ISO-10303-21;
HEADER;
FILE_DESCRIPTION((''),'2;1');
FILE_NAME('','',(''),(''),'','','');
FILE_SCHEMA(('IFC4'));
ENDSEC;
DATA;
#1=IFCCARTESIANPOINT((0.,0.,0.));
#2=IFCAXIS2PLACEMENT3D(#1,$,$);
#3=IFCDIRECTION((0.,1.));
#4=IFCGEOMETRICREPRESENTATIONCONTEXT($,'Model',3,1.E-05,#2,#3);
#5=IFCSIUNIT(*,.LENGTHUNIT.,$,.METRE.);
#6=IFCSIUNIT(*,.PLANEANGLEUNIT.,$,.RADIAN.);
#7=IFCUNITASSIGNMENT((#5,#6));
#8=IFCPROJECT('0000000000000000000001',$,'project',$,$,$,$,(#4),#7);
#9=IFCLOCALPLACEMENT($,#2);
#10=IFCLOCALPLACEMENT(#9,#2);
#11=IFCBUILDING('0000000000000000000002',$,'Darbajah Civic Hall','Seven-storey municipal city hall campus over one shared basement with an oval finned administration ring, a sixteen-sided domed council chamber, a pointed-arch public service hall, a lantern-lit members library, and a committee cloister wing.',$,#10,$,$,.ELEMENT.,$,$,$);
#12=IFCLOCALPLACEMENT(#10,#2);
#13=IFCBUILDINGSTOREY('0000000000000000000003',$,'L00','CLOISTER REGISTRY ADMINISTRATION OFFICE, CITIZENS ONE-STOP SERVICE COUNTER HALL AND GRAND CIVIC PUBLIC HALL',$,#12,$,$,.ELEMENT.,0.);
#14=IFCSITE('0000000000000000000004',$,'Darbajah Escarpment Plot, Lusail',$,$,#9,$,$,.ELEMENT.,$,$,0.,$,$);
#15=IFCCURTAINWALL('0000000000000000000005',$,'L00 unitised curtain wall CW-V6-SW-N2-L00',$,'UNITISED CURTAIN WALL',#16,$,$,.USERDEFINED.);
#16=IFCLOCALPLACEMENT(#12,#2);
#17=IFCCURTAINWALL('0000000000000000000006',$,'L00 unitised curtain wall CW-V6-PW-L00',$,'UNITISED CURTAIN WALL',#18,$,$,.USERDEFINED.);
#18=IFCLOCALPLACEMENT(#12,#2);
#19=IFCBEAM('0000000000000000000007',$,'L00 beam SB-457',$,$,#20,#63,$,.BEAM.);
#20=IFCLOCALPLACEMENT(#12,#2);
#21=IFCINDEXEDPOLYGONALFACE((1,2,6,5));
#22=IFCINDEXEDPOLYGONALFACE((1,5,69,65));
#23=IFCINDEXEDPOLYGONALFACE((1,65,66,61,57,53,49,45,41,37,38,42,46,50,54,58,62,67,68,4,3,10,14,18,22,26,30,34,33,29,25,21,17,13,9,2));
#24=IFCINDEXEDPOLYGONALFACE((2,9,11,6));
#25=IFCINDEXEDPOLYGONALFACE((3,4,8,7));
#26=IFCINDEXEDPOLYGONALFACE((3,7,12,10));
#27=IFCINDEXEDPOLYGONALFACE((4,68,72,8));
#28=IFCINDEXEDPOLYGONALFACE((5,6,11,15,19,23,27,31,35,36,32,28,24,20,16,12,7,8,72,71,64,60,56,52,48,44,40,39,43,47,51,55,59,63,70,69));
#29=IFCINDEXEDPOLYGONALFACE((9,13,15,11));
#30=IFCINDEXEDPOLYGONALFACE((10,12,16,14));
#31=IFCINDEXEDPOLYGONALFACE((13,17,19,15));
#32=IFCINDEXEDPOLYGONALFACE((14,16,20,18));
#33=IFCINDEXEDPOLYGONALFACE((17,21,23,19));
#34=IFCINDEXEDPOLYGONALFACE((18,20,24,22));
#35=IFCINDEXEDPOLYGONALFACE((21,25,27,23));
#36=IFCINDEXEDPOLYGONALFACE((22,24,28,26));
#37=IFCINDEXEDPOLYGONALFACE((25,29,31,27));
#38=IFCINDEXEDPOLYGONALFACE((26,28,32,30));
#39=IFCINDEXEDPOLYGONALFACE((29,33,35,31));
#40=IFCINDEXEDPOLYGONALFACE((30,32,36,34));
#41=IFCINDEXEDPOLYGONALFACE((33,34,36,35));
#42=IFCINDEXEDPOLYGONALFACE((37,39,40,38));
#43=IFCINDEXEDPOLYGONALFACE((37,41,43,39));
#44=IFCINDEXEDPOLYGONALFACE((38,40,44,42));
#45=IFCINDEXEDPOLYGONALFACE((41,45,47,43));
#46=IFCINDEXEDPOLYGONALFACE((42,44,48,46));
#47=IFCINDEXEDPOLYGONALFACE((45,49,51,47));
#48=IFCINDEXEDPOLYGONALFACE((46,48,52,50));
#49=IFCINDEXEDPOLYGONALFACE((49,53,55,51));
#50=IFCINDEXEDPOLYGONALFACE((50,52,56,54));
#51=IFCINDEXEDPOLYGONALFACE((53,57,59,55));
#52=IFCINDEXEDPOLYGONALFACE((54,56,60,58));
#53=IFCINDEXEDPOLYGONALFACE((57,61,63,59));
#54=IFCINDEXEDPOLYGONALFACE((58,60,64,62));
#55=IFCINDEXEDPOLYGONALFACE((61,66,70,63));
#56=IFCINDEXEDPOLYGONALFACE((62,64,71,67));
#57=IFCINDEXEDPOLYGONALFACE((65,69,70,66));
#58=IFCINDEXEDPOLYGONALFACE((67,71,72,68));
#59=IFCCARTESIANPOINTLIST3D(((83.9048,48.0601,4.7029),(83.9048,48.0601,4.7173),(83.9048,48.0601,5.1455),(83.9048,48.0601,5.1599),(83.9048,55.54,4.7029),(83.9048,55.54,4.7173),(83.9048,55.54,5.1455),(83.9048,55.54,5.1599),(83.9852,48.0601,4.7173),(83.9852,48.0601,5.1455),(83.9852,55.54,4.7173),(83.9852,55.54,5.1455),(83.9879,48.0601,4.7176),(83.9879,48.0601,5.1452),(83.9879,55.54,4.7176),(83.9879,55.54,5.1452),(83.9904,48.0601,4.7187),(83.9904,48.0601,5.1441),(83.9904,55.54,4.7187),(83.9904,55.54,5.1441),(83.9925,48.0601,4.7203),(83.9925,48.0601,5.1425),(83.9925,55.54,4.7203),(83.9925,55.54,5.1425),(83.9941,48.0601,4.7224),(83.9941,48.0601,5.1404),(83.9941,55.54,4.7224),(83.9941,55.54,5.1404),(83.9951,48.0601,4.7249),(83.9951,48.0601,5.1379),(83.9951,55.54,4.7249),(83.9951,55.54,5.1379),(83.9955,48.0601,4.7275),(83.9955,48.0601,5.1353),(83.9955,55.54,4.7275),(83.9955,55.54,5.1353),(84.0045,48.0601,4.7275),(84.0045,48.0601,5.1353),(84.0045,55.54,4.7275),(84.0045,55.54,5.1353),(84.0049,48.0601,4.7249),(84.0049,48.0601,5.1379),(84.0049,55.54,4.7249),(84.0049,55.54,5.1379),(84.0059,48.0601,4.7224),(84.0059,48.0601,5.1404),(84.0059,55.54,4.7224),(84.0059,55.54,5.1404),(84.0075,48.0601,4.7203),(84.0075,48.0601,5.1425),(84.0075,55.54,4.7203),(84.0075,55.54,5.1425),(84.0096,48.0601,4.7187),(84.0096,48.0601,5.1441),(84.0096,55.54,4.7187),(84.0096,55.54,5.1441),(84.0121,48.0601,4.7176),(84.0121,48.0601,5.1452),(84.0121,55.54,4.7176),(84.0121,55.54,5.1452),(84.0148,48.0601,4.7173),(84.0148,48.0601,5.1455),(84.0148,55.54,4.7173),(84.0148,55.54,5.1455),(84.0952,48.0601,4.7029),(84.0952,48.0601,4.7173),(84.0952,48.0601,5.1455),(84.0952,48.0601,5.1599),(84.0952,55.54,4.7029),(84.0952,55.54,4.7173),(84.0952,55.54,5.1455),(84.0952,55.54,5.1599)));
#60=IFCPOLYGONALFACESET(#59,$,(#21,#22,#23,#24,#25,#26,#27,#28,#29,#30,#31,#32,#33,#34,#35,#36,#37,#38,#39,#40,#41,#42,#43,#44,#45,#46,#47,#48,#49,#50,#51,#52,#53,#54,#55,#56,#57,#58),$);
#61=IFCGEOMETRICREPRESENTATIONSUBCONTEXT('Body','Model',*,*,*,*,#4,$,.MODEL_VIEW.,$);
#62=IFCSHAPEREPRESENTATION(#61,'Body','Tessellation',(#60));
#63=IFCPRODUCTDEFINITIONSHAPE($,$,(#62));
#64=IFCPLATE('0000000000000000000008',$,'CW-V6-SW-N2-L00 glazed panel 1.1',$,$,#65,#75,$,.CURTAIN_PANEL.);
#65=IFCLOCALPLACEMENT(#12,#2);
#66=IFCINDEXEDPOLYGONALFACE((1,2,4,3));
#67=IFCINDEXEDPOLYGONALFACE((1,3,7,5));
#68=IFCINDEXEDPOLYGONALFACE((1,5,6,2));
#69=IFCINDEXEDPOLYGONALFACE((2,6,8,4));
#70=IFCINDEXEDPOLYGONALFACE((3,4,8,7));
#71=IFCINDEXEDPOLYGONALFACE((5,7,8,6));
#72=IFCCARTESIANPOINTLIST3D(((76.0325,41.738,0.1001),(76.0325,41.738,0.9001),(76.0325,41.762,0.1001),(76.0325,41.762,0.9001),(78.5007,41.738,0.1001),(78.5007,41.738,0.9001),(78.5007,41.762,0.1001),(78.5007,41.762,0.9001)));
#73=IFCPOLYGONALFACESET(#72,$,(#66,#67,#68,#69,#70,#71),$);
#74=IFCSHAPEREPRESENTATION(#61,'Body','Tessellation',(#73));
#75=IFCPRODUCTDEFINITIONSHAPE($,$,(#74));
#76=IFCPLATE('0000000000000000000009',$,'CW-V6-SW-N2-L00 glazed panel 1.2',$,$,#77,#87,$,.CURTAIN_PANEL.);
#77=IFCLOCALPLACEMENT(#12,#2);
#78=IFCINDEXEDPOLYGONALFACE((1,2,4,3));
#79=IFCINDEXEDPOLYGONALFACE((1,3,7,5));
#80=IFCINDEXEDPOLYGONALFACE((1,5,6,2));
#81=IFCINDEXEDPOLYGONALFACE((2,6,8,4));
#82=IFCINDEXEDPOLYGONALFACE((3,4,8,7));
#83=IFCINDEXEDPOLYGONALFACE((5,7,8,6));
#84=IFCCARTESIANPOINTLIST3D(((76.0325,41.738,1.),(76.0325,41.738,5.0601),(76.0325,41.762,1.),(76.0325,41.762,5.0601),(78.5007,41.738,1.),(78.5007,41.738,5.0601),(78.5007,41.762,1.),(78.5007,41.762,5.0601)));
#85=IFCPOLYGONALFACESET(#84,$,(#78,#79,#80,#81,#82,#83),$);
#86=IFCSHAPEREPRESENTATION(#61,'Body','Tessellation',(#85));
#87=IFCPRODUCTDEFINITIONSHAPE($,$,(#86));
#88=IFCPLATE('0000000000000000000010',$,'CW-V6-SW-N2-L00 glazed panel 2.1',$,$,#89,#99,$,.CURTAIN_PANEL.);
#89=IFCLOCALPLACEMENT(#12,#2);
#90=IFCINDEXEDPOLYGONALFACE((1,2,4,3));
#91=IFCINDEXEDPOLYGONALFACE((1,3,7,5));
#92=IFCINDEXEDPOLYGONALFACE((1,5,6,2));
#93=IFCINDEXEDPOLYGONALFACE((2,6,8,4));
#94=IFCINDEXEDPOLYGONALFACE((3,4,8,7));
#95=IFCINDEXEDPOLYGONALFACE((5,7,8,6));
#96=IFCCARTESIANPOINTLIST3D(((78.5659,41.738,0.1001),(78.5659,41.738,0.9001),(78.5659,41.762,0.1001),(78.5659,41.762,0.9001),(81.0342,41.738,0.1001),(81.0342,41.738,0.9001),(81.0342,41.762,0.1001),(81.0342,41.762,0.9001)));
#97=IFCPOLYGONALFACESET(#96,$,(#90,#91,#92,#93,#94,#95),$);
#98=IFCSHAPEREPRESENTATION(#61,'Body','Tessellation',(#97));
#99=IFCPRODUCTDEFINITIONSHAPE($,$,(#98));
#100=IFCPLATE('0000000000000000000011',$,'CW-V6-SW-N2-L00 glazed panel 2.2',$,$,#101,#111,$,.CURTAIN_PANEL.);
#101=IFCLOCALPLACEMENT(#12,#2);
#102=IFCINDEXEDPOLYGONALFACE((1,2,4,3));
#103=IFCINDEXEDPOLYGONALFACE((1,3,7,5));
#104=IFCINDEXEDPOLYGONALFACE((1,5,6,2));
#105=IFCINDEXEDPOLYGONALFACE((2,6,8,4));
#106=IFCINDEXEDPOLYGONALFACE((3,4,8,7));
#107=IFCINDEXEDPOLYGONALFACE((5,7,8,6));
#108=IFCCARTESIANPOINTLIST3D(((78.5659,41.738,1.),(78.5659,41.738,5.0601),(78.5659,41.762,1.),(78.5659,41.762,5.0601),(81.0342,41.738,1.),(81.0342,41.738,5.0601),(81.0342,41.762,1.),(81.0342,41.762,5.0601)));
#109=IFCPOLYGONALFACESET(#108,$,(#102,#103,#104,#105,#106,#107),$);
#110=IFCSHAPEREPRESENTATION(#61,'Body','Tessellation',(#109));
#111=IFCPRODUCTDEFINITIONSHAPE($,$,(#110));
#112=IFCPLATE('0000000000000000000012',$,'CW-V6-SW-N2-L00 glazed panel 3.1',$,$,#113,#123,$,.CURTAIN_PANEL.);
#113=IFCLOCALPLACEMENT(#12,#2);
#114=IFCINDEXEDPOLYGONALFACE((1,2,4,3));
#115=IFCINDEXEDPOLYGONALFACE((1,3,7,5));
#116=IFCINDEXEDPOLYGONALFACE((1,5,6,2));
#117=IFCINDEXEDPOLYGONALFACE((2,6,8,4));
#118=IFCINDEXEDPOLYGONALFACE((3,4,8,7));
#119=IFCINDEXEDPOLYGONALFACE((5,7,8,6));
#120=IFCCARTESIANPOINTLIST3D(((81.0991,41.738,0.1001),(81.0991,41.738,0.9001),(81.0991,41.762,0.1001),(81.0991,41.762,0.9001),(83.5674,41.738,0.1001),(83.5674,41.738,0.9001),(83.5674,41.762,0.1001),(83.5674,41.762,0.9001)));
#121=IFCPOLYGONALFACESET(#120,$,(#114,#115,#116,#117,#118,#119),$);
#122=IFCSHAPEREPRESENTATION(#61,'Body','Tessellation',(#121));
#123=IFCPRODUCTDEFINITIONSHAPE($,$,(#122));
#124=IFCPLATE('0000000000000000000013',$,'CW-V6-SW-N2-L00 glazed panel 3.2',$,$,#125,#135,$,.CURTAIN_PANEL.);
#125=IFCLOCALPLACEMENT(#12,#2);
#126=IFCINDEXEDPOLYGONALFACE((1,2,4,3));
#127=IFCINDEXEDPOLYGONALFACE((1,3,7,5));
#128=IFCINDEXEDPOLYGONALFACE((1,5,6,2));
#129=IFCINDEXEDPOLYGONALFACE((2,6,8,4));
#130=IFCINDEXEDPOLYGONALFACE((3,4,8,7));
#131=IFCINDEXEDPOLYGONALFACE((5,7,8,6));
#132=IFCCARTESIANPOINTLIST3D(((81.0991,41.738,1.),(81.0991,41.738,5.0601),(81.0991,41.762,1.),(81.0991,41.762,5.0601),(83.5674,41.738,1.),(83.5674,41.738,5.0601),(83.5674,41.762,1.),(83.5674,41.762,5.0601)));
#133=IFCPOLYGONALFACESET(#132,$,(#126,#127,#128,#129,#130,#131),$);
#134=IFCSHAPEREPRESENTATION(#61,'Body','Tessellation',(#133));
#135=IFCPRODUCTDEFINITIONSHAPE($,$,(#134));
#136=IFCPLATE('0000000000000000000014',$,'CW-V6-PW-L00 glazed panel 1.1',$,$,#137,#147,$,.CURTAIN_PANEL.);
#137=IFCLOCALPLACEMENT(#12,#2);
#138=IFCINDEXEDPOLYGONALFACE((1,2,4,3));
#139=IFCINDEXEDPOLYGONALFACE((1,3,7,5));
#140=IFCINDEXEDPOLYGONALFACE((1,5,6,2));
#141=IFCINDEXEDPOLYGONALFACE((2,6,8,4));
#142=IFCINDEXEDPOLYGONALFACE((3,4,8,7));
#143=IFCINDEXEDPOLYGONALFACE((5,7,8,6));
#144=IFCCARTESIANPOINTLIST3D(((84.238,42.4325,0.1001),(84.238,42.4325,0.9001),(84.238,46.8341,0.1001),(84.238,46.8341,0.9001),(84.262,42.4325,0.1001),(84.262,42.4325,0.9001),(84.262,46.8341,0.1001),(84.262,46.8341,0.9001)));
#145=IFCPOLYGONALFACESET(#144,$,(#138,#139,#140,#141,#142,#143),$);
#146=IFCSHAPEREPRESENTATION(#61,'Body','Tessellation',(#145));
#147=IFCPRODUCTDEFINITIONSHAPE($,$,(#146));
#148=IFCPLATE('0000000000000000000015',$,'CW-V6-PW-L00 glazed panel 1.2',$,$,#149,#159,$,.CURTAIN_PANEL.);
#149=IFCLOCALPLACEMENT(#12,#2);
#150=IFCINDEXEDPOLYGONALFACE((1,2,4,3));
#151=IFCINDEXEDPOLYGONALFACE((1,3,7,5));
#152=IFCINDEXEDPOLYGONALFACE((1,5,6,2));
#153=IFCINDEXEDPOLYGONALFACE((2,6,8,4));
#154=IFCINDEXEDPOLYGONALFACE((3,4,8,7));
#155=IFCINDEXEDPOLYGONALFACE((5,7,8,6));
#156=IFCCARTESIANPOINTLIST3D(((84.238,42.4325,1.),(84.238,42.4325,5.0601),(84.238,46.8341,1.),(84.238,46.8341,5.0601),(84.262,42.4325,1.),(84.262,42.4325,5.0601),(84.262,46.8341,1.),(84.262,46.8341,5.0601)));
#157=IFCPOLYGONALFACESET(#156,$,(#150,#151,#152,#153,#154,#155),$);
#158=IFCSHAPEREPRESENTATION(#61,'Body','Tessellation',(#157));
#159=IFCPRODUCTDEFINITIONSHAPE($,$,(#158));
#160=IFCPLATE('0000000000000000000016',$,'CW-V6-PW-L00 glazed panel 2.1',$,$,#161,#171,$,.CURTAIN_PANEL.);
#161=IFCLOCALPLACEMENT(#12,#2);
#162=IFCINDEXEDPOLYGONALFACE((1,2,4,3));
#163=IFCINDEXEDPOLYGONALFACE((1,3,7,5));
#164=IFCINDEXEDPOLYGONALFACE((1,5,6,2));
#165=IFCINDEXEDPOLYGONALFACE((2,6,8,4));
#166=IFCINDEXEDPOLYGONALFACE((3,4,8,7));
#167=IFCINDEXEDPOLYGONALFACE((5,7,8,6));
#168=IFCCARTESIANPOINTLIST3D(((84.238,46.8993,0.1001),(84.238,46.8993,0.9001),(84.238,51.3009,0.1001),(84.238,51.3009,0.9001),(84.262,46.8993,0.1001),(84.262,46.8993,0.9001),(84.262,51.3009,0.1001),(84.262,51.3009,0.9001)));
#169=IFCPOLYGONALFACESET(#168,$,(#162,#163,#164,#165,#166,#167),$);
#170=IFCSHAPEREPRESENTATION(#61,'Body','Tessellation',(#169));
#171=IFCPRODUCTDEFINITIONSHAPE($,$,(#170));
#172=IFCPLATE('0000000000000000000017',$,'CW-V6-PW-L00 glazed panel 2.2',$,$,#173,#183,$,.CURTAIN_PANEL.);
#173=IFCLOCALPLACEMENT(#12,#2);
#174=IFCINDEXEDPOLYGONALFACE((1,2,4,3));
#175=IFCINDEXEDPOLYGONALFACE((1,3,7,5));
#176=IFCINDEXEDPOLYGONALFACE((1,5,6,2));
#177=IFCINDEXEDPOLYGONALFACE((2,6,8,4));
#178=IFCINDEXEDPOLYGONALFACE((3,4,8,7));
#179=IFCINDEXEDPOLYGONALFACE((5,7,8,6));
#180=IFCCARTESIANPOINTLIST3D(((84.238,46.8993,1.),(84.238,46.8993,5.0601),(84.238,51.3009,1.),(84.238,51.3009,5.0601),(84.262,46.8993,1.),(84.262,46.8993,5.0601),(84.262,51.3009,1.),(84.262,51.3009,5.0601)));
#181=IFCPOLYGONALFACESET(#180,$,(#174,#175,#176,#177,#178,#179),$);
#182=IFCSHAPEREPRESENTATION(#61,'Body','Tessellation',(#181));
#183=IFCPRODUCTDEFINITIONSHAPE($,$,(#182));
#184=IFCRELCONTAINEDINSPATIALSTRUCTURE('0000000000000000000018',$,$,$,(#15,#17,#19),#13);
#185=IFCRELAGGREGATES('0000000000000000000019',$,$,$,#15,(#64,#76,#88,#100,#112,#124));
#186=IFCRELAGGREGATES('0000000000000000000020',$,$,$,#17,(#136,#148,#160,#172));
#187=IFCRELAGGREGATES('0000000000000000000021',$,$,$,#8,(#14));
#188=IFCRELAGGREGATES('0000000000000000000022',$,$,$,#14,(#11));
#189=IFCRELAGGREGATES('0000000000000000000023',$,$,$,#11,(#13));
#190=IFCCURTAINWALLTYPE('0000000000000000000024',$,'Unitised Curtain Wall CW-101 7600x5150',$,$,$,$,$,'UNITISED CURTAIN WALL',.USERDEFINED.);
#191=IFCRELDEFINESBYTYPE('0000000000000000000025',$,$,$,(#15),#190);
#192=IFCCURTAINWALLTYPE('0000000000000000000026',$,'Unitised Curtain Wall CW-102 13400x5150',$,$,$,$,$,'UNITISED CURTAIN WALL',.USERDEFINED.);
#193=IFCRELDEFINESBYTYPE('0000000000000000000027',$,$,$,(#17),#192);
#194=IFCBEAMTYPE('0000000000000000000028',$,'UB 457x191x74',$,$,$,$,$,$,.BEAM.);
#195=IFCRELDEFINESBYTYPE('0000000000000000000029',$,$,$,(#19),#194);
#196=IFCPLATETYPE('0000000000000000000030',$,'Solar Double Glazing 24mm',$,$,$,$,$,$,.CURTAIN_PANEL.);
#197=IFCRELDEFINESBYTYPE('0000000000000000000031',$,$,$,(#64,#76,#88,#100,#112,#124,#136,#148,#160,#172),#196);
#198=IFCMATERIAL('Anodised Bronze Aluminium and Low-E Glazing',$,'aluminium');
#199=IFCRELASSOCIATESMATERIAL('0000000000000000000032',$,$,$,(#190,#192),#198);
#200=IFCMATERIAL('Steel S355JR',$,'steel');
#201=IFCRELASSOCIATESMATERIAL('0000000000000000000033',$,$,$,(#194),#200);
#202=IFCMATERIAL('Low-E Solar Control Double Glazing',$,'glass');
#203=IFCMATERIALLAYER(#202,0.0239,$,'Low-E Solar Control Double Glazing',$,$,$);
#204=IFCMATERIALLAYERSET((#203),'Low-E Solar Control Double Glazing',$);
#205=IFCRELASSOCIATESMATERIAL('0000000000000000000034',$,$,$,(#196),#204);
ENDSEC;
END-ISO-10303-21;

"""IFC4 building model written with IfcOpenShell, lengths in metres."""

from ifc_helpers import new_model, si_unit, direction, frame, origin, origin_2d, place, context, subcontext, project, spatial, rectangle, i_section, extrude, material, layer, layer_set, material_profile, profile_set, type_object, element, aggregate, save


model = new_model("IFC4")

# Units and contexts
model_context = context("Model", 3, precision=1e-05, world=origin(), true_north=direction((0.0, 1.0)))
body_context = subcontext(model_context, "Body", "Model", "MODEL_VIEW")
ifc_project = project(units=[si_unit("LENGTHUNIT", "METRE"), si_unit("PLANEANGLEUNIT", "RADIAN")], contexts=[model_context])

# Site, building, storey
site_placement = place(None, origin())
site = spatial("IfcSite", under=ifc_project, at=site_placement, Name="Darbajah Escarpment Plot, Lusail", CompositionType="ELEMENT", RefElevation=0.0)
building_placement = place(site_placement, origin())
building = spatial("IfcBuilding", under=site, at=building_placement, Name="Darbajah Civic Hall", Description="Seven-storey municipal city hall campus over one shared basement with an oval finned administration ring, a sixteen-sided domed council chamber, a pointed-arch public service hall, a lantern-lit members library, and a committee cloister wing.", CompositionType="ELEMENT")
storey_placement = place(building_placement, origin())
storey = spatial("IfcBuildingStorey", under=building, at=storey_placement, Name="L00", Description="CLOISTER REGISTRY ADMINISTRATION OFFICE, CITIZENS ONE-STOP SERVICE COUNTER HALL AND GRAND CIVIC PUBLIC HALL", CompositionType="ELEMENT", Elevation=0.0)

# Shared definitions
ifc_material_1 = material(Name="Steel S355JR", Category="steel")

# Curtain walls
ifc_material_2 = material(Name="Anodised Bronze Aluminium and Low-E Glazing", Category="aluminium")
curtain_wall_type_1 = type_object("IfcCurtainWallType", Name="Unitised Curtain Wall CW-101 7600x5150", ElementType="UNITISED CURTAIN WALL", PredefinedType="USERDEFINED", material=ifc_material_2)
curtain_wall_1_placement = place(storey_placement, origin())
curtain_wall_1 = element("IfcCurtainWall", 1, at=curtain_wall_1_placement, inside=storey, type_object=curtain_wall_type_1, Name="L00 unitised curtain wall CW-V6-SW-N2-L00", ObjectType="UNITISED CURTAIN WALL", PredefinedType="USERDEFINED")
curtain_wall_type_2 = type_object("IfcCurtainWallType", Name="Unitised Curtain Wall CW-102 13400x5150", ElementType="UNITISED CURTAIN WALL", PredefinedType="USERDEFINED", material=ifc_material_2)
curtain_wall_2_placement = place(storey_placement, origin())
curtain_wall_2 = element("IfcCurtainWall", 2, at=curtain_wall_2_placement, inside=storey, type_object=curtain_wall_type_2, Name="L00 unitised curtain wall CW-V6-PW-L00", ObjectType="UNITISED CURTAIN WALL", PredefinedType="USERDEFINED")

# Beam
ifc_material_profile_1 = material_profile(ifc_material_1, i_section(OverallWidth=0.1904, OverallDepth=0.457, WebThickness=0.009, FlangeThickness=0.0144, FilletRadius=0.0103, at=origin_2d()), Name="UB 457x191x74")
ifc_profile_set_1 = profile_set([ifc_material_profile_1], Name="Steel S355JR")
beam_type = type_object("IfcBeamType", Name="UB 457x191x74", PredefinedType="BEAM", material=ifc_profile_set_1)
beam_1_placement = place(storey_placement, frame((84.0, 48.0601, 4.9314), z_axis=(0.0, 1.0, 0.0), x_axis=(-1.0, 0.0, 0.0)))
element("IfcBeam", 3, at=beam_1_placement, inside=storey, type_object=beam_type, Name="L00 beam SB-457", PredefinedType="BEAM", context=body_context, shape_type="SweptSolid", body=[
    extrude(i_section(OverallWidth=0.1904, OverallDepth=0.457, WebThickness=0.009, FlangeThickness=0.0144, FilletRadius=0.0103, at=origin_2d()), origin(), (0.0, 0.0, 1.0), 7.48),
])

# Plates
ifc_material_3 = material(Name="Low-E Solar Control Double Glazing", Category="glass")
ifc_layer_1 = layer(ifc_material_3, 0.0239, Name="Low-E Solar Control Double Glazing")
ifc_layer_set_1 = layer_set([ifc_layer_1], Name="Low-E Solar Control Double Glazing")
plate_type = type_object("IfcPlateType", Name="Solar Double Glazing 24mm", PredefinedType="CURTAIN_PANEL", material=ifc_layer_set_1)
plate_1_placement = place(storey_placement, frame((77.2666, 41.75, 0.1001), z_axis=(0.0, 0.0, 1.0), x_axis=(1.0, 0.0, 0.0)))
plate_1 = element("IfcPlate", 4, at=plate_1_placement, type_object=plate_type, Name="CW-V6-SW-N2-L00 glazed panel 1.1", PredefinedType="CURTAIN_PANEL", context=body_context, shape_type="SweptSolid", body=[
    extrude(rectangle(XDim=2.4683, YDim=0.0239, at=origin_2d()), origin(), (0.0, 0.0, 1.0), 0.8),
])
plate_2_placement = place(storey_placement, frame((77.2666, 41.75, 1.0), z_axis=(0.0, 0.0, 1.0), x_axis=(1.0, 0.0, 0.0)))
plate_2 = element("IfcPlate", 5, at=plate_2_placement, type_object=plate_type, Name="CW-V6-SW-N2-L00 glazed panel 1.2", PredefinedType="CURTAIN_PANEL", context=body_context, shape_type="SweptSolid", body=[
    extrude(rectangle(XDim=2.4683, YDim=0.0239, at=origin_2d()), origin(), (0.0, 0.0, 1.0), 4.0601),
])
plate_3_placement = place(storey_placement, frame((79.8, 41.75, 0.1001), z_axis=(0.0, 0.0, 1.0), x_axis=(1.0, 0.0, 0.0)))
plate_3 = element("IfcPlate", 6, at=plate_3_placement, type_object=plate_type, Name="CW-V6-SW-N2-L00 glazed panel 2.1", PredefinedType="CURTAIN_PANEL", context=body_context, shape_type="SweptSolid", body=[
    extrude(rectangle(XDim=2.4683, YDim=0.0239, at=origin_2d()), origin(), (0.0, 0.0, 1.0), 0.8),
])
plate_4_placement = place(storey_placement, frame((79.8, 41.75, 1.0), z_axis=(0.0, 0.0, 1.0), x_axis=(1.0, 0.0, 0.0)))
plate_4 = element("IfcPlate", 7, at=plate_4_placement, type_object=plate_type, Name="CW-V6-SW-N2-L00 glazed panel 2.2", PredefinedType="CURTAIN_PANEL", context=body_context, shape_type="SweptSolid", body=[
    extrude(rectangle(XDim=2.4683, YDim=0.0239, at=origin_2d()), origin(), (0.0, 0.0, 1.0), 4.0601),
])
plate_5_placement = place(storey_placement, frame((82.3333, 41.75, 0.1001), z_axis=(0.0, 0.0, 1.0), x_axis=(1.0, 0.0, 0.0)))
plate_5 = element("IfcPlate", 8, at=plate_5_placement, type_object=plate_type, Name="CW-V6-SW-N2-L00 glazed panel 3.1", PredefinedType="CURTAIN_PANEL", context=body_context, shape_type="SweptSolid", body=[
    extrude(rectangle(XDim=2.4683, YDim=0.0239, at=origin_2d()), origin(), (0.0, 0.0, 1.0), 0.8),
])
plate_6_placement = place(storey_placement, frame((82.3333, 41.75, 1.0), z_axis=(0.0, 0.0, 1.0), x_axis=(1.0, 0.0, 0.0)))
plate_6 = element("IfcPlate", 9, at=plate_6_placement, type_object=plate_type, Name="CW-V6-SW-N2-L00 glazed panel 3.2", PredefinedType="CURTAIN_PANEL", context=body_context, shape_type="SweptSolid", body=[
    extrude(rectangle(XDim=2.4683, YDim=0.0239, at=origin_2d()), origin(), (0.0, 0.0, 1.0), 4.0601),
])
aggregate(curtain_wall_1, [plate_1, plate_2, plate_3, plate_4, plate_5, plate_6])
plate_7_placement = place(storey_placement, frame((84.25, 44.6333, 0.1001), z_axis=(0.0, 0.0, 1.0), x_axis=(0.0, 1.0, 0.0)))
plate_7 = element("IfcPlate", 10, at=plate_7_placement, type_object=plate_type, Name="CW-V6-PW-L00 glazed panel 1.1", PredefinedType="CURTAIN_PANEL", context=body_context, shape_type="SweptSolid", body=[
    extrude(rectangle(XDim=4.4016, YDim=0.0239, at=origin_2d()), origin(), (0.0, 0.0, 1.0), 0.8),
])
plate_8_placement = place(storey_placement, frame((84.25, 44.6333, 1.0), z_axis=(0.0, 0.0, 1.0), x_axis=(0.0, 1.0, 0.0)))
plate_8 = element("IfcPlate", 11, at=plate_8_placement, type_object=plate_type, Name="CW-V6-PW-L00 glazed panel 1.2", PredefinedType="CURTAIN_PANEL", context=body_context, shape_type="SweptSolid", body=[
    extrude(rectangle(XDim=4.4016, YDim=0.0239, at=origin_2d()), origin(), (0.0, 0.0, 1.0), 4.0601),
])
plate_9_placement = place(storey_placement, frame((84.25, 49.1001, 0.1001), z_axis=(0.0, 0.0, 1.0), x_axis=(0.0, 1.0, 0.0)))
plate_9 = element("IfcPlate", 12, at=plate_9_placement, type_object=plate_type, Name="CW-V6-PW-L00 glazed panel 2.1", PredefinedType="CURTAIN_PANEL", context=body_context, shape_type="SweptSolid", body=[
    extrude(rectangle(XDim=4.4016, YDim=0.0239, at=origin_2d()), origin(), (0.0, 0.0, 1.0), 0.8),
])
plate_10_placement = place(storey_placement, frame((84.25, 49.1001, 1.0), z_axis=(0.0, 0.0, 1.0), x_axis=(0.0, 1.0, 0.0)))
plate_10 = element("IfcPlate", 13, at=plate_10_placement, type_object=plate_type, Name="CW-V6-PW-L00 glazed panel 2.2", PredefinedType="CURTAIN_PANEL", context=body_context, shape_type="SweptSolid", body=[
    extrude(rectangle(XDim=4.4016, YDim=0.0239, at=origin_2d()), origin(), (0.0, 0.0, 1.0), 4.0601),
])
aggregate(curtain_wall_2, [plate_7, plate_8, plate_9, plate_10])

save(model, "model.ifc")
